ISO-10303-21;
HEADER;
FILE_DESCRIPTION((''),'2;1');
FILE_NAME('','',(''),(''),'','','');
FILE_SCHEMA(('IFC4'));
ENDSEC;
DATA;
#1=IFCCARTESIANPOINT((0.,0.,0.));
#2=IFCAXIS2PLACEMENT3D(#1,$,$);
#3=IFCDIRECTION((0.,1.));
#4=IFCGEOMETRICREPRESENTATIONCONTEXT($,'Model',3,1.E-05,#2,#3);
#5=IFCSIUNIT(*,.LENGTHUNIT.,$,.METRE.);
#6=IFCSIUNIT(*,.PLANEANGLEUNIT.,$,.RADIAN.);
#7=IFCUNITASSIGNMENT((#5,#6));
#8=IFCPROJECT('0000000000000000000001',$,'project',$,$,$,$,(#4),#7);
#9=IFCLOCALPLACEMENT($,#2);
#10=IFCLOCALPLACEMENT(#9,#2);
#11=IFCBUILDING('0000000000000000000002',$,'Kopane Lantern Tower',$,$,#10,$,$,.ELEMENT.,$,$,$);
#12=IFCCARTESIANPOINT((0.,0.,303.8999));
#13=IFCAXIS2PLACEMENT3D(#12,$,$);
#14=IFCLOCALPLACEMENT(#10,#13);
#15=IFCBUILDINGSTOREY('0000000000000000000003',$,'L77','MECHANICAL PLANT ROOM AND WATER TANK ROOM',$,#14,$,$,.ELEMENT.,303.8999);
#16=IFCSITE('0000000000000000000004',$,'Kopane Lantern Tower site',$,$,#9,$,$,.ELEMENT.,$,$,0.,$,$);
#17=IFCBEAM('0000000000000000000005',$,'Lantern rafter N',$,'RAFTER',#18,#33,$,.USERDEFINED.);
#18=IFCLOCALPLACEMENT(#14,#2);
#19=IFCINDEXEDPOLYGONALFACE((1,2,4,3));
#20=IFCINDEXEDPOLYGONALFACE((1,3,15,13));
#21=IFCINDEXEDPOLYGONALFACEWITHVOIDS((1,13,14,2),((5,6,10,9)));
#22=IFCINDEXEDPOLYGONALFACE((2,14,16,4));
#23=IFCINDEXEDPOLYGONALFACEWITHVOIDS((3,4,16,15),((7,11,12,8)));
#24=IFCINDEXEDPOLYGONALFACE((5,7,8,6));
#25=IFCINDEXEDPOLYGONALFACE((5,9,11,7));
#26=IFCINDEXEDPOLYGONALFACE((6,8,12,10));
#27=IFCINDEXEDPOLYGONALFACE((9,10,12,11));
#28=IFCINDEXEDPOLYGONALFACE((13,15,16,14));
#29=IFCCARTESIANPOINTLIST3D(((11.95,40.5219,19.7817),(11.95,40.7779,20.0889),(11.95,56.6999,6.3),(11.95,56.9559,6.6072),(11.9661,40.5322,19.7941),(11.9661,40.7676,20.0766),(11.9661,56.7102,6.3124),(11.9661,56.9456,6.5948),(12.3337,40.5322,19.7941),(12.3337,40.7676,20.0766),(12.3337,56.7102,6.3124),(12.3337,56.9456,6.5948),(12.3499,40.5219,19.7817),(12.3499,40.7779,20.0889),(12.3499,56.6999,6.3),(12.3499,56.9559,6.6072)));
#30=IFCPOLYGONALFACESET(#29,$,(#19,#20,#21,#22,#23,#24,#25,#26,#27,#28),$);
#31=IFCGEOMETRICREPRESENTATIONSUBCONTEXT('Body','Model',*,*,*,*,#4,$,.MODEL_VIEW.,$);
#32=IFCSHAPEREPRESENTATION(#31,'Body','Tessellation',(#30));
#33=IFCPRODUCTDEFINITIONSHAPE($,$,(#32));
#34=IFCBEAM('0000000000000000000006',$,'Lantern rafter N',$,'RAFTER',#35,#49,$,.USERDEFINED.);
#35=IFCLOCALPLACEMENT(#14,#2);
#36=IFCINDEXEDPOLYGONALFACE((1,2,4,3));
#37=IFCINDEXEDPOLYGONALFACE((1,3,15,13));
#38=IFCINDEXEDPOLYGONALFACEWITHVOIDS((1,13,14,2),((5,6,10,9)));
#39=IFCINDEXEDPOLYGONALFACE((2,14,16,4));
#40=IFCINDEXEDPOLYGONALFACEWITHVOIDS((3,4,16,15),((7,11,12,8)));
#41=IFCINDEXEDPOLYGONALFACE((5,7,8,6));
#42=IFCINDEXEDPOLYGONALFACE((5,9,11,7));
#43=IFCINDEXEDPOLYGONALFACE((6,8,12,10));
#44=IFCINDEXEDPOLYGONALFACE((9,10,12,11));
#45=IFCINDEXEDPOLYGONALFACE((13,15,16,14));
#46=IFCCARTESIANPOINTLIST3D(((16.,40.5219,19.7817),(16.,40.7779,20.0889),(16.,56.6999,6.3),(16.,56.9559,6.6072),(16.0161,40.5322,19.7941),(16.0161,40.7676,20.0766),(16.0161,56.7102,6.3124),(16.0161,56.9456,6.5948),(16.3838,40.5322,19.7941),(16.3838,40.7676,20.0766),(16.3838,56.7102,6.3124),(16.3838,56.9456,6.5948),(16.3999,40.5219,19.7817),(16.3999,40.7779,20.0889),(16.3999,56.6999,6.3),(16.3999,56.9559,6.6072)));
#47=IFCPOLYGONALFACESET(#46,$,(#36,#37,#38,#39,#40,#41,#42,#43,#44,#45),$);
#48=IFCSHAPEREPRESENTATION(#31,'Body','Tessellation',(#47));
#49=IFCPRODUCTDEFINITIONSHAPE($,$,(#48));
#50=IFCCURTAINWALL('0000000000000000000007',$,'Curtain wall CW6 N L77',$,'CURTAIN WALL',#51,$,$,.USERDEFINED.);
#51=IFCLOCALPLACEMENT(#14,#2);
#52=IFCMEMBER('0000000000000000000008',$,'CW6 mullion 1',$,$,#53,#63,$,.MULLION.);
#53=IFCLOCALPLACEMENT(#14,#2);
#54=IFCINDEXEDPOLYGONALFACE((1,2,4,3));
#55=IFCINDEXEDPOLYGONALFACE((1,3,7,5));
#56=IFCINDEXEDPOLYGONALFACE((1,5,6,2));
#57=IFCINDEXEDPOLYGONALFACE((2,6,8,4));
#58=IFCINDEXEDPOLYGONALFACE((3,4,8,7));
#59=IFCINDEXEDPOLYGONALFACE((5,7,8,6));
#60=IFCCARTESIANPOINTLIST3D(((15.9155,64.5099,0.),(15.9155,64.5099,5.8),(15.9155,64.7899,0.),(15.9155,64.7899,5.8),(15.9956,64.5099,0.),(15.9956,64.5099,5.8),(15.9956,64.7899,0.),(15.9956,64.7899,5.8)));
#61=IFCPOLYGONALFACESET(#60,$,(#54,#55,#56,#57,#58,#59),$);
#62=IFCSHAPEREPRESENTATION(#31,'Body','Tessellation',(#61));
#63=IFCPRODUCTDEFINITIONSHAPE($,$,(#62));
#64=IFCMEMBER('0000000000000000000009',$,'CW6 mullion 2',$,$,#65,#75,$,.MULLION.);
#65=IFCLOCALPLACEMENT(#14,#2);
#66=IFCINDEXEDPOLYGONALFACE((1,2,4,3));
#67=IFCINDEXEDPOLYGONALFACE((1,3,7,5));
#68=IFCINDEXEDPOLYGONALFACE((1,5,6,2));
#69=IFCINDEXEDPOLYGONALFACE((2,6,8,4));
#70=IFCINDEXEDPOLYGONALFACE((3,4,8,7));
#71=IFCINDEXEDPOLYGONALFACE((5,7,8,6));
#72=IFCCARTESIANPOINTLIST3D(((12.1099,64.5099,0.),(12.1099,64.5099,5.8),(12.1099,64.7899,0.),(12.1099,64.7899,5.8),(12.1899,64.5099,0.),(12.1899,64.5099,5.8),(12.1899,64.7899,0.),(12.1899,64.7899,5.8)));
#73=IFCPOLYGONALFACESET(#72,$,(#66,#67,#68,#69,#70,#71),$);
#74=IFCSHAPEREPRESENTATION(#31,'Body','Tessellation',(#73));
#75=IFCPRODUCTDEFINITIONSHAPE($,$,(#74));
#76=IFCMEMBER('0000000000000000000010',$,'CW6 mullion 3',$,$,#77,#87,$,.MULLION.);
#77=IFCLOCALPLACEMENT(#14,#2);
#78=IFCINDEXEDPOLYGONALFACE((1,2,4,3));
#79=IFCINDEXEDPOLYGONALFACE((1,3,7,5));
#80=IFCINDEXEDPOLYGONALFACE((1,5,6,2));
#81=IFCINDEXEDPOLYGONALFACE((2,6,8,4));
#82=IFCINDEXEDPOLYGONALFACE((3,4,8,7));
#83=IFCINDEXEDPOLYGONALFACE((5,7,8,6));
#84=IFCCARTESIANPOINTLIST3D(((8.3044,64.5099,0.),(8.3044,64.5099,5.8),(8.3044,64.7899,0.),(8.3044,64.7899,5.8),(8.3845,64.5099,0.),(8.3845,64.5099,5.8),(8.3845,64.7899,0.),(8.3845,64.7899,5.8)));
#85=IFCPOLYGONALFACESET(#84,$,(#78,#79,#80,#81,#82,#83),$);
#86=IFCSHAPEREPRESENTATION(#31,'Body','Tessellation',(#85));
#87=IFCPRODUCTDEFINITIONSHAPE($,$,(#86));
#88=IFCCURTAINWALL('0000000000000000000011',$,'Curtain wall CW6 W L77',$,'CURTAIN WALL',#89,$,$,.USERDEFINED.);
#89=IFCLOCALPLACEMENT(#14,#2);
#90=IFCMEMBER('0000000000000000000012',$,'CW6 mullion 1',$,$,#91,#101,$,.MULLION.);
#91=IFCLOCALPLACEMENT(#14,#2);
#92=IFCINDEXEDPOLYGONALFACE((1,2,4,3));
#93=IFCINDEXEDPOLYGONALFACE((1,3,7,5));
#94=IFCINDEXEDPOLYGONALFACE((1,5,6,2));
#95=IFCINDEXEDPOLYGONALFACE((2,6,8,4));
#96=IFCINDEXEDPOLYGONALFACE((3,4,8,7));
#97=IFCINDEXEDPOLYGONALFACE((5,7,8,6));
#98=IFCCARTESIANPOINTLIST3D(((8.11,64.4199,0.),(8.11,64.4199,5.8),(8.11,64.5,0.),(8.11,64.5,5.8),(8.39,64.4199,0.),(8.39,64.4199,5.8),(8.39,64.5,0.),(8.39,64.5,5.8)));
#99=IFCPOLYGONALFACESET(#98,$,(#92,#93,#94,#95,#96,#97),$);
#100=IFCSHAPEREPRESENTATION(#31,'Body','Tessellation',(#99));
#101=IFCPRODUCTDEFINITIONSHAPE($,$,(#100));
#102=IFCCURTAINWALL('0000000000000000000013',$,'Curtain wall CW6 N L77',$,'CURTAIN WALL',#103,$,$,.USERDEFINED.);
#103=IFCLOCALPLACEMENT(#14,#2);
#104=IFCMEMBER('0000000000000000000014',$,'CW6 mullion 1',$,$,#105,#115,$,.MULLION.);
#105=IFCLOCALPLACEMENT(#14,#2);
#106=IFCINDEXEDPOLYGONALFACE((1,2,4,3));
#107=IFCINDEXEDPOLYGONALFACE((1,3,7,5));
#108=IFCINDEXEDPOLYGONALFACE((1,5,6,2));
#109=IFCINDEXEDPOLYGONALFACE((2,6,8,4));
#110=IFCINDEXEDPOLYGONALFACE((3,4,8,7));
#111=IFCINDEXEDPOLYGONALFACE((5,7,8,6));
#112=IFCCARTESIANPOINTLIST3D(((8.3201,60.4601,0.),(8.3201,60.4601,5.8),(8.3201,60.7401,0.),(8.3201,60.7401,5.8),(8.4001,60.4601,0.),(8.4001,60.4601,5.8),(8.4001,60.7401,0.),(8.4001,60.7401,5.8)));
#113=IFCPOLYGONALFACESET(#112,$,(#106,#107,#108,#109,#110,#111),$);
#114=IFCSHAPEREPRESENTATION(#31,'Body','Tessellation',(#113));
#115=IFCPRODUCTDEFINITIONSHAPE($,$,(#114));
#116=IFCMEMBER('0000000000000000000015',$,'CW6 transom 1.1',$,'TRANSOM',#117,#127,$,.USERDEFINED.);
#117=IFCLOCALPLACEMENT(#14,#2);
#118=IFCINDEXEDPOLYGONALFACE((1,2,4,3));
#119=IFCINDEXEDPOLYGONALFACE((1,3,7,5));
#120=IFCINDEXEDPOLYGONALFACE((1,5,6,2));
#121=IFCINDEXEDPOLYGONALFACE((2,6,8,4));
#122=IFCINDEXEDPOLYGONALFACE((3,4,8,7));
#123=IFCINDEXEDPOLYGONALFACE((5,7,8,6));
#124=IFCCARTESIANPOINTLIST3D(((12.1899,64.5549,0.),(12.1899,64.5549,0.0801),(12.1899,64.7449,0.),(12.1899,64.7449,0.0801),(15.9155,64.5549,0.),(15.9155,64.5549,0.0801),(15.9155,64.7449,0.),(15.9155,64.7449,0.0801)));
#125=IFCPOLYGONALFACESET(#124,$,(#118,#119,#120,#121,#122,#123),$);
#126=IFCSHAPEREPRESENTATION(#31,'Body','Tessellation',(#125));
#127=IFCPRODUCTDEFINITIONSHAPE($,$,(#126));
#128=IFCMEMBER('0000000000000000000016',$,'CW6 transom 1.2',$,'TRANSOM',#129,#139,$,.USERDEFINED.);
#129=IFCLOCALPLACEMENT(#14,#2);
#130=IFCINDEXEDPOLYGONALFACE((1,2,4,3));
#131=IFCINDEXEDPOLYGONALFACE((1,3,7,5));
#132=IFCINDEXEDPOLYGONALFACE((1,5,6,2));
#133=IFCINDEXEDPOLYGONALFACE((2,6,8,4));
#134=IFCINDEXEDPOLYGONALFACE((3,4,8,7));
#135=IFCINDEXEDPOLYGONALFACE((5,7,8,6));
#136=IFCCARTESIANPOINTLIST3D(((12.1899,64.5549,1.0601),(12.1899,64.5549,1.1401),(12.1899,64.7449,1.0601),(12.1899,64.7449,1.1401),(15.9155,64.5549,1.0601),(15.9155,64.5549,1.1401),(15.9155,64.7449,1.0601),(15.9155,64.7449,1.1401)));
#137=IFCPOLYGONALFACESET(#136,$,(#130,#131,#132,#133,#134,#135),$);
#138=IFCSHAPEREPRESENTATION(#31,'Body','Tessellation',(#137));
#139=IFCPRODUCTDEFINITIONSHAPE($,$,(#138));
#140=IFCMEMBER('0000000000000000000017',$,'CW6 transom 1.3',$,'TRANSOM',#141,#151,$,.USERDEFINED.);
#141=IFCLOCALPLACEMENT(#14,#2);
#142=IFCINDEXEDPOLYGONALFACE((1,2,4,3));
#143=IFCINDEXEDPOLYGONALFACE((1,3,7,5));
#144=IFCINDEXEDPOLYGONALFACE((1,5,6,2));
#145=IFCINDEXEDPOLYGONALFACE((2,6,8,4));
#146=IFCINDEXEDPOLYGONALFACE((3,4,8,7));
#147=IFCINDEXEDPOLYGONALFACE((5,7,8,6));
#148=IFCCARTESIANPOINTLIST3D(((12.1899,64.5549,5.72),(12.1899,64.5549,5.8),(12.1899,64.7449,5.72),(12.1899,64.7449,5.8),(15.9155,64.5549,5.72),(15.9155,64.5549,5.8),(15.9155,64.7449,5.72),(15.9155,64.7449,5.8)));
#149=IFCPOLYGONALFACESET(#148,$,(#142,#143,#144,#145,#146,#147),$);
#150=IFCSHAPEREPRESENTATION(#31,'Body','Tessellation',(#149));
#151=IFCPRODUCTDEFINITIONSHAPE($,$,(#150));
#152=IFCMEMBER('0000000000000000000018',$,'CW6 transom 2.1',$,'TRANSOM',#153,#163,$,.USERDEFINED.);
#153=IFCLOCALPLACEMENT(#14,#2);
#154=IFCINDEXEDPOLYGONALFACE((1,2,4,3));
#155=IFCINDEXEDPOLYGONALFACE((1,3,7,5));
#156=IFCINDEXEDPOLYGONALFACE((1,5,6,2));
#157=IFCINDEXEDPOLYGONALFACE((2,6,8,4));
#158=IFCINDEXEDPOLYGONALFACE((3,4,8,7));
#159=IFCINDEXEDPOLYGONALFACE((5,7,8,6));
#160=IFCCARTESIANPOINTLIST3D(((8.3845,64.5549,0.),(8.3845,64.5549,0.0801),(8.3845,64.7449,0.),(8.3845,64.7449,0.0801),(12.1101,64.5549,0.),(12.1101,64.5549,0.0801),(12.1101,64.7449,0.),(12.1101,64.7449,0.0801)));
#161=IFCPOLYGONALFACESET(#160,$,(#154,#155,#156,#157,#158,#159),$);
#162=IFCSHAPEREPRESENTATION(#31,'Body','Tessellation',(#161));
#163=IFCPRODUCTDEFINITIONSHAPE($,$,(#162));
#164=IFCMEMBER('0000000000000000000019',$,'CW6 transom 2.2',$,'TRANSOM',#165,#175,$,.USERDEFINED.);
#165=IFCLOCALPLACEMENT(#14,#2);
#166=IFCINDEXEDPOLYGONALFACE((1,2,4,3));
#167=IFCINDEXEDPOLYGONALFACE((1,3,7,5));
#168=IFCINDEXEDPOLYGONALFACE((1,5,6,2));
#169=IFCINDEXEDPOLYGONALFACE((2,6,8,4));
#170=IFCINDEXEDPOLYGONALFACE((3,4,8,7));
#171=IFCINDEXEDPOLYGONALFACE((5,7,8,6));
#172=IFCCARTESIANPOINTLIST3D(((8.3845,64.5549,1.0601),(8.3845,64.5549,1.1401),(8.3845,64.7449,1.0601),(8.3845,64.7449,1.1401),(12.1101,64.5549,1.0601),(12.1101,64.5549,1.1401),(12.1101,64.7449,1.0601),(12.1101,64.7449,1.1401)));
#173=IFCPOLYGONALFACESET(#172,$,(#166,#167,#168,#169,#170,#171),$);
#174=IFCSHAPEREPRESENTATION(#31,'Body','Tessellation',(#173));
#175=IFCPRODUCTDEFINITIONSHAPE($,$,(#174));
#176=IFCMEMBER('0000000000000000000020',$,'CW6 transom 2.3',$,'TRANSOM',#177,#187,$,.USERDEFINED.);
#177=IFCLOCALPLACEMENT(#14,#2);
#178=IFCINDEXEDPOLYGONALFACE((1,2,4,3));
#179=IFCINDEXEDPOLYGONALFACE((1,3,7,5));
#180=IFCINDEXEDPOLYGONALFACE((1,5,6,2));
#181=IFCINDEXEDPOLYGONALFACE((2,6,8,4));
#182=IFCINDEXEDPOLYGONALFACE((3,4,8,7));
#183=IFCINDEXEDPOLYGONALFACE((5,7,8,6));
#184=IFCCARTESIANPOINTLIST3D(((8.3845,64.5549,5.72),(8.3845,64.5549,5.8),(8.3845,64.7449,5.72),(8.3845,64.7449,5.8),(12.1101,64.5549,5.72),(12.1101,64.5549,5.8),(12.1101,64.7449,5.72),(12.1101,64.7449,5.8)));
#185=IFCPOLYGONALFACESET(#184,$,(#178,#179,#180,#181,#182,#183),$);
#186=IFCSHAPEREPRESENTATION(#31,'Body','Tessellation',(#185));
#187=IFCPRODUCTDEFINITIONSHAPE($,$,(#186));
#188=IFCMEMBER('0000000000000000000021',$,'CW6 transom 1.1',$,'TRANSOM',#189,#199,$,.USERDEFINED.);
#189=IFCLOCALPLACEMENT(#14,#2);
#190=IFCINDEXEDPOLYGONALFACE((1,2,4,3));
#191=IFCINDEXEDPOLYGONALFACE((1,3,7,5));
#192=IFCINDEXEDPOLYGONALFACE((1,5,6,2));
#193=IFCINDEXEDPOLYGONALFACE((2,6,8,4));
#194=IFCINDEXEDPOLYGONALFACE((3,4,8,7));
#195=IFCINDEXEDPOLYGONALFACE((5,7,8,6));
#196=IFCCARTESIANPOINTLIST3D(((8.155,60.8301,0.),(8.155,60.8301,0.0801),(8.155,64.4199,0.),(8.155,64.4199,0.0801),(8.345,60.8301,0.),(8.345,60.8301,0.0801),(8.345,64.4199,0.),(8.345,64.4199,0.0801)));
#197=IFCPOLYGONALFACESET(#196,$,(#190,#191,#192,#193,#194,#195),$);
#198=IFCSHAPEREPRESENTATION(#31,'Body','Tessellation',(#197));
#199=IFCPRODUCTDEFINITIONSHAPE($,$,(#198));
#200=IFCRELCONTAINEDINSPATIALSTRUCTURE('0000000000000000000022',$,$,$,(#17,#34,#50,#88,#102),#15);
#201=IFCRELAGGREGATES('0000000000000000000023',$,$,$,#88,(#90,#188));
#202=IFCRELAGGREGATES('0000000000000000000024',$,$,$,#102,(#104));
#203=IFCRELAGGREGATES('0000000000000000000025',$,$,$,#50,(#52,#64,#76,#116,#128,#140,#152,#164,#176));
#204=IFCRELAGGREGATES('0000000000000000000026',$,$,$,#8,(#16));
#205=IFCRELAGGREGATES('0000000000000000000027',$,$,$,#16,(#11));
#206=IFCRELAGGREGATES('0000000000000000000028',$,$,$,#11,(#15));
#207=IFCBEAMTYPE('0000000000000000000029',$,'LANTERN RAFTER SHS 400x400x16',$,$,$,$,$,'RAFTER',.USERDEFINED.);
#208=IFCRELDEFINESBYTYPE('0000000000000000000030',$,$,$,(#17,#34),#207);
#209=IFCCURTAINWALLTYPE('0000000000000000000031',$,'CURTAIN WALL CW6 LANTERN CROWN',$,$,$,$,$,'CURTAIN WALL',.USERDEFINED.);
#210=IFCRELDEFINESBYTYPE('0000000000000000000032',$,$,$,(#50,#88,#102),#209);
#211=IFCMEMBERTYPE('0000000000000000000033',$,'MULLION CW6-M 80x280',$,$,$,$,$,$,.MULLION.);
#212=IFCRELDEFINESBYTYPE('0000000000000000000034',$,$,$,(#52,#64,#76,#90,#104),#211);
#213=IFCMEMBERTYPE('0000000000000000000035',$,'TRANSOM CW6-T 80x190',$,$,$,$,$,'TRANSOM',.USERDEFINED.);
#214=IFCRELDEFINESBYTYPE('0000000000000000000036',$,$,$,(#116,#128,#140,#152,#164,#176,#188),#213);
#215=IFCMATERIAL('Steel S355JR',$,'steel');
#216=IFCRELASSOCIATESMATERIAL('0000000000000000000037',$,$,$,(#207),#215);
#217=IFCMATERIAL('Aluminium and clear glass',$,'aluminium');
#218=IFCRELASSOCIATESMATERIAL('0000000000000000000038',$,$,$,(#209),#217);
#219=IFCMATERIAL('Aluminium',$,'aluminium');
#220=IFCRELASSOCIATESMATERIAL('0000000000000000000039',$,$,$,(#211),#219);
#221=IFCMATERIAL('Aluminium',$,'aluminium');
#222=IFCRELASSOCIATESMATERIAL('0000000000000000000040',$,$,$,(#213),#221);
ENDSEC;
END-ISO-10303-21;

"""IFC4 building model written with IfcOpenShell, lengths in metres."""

from ifc_helpers import new_model, si_unit, direction, frame, origin, origin_2d, place, context, subcontext, project, spatial, rectangle, hollow_rectangle, extrude, material, material_profile, profile_set, type_object, element, aggregate, save


model = new_model("IFC4")

# Units and contexts
model_context = context("Model", 3, precision=1e-05, world=origin(), true_north=direction((0.0, 1.0)))
body_context = subcontext(model_context, "Body", "Model", "MODEL_VIEW")
ifc_project = project(units=[si_unit("LENGTHUNIT", "METRE"), si_unit("PLANEANGLEUNIT", "RADIAN")], contexts=[model_context])

# Site, building, storey
site_placement = place(None, origin())
site = spatial("IfcSite", under=ifc_project, at=site_placement, Name="Kopane Lantern Tower site", CompositionType="ELEMENT", RefElevation=0.0)
building_placement = place(site_placement, origin())
building = spatial("IfcBuilding", under=site, at=building_placement, Name="Kopane Lantern Tower", CompositionType="ELEMENT")
storey_placement = place(building_placement, frame((0.0, 0.0, 303.8999)))
storey = spatial("IfcBuildingStorey", under=building, at=storey_placement, Name="L77", Description="MECHANICAL PLANT ROOM AND WATER TANK ROOM", CompositionType="ELEMENT", Elevation=303.8999)

# Beams
ifc_material_1 = material(Name="Steel S355JR", Category="steel")
ifc_material_profile_1 = material_profile(ifc_material_1, hollow_rectangle(XDim=0.3999, YDim=0.3999, WallThickness=0.0161, at=origin_2d()), Name="RHS 400x400x16")
ifc_profile_set_1 = profile_set([ifc_material_profile_1], Name="Steel S355JR")
beam_type = type_object("IfcBeamType", Name="LANTERN RAFTER SHS 400x400x16", ElementType="RAFTER", PredefinedType="USERDEFINED", material=ifc_profile_set_1)
for number, where, z_axis, x_axis, name in (
    (1, (12.1499, 56.8279, 6.4536), (0.0, -0.76822, 0.640186), (1.0, 0.0, 0.0), "Lantern rafter N"),
    (2, (16.2, 56.8279, 6.4536), (0.0, -0.76822, 0.640186), (1.0, 0.0, 0.0), "Lantern rafter N"),
):
    element("IfcBeam", number, at=place(storey_placement, frame(where, z_axis=z_axis, x_axis=x_axis)), inside=storey, type_object=beam_type, Name=name, ObjectType="RAFTER", PredefinedType="USERDEFINED", context=body_context, shape_type="SweptSolid", body=[
        extrude(hollow_rectangle(XDim=0.3999, YDim=0.3999, WallThickness=0.0161, at=origin_2d()), origin(), (0.0, 0.0, 1.0), 21.0591),
    ])

# Curtain wall, members
ifc_material_2 = material(Name="Aluminium and clear glass", Category="aluminium")
curtain_wall_type = type_object("IfcCurtainWallType", Name="CURTAIN WALL CW6 LANTERN CROWN", ElementType="CURTAIN WALL", PredefinedType="USERDEFINED", material=ifc_material_2)
curtain_wall_1_placement = place(storey_placement, origin())
curtain_wall_1 = element("IfcCurtainWall", 3, at=curtain_wall_1_placement, inside=storey, type_object=curtain_wall_type, Name="Curtain wall CW6 N L77", ObjectType="CURTAIN WALL", PredefinedType="USERDEFINED")
ifc_material_3 = material(Name="Aluminium", Category="aluminium")
ifc_material_profile_2 = material_profile(ifc_material_3, rectangle(XDim=0.0801, YDim=0.28, at=origin_2d()), Name="AL 80x280")
ifc_profile_set_2 = profile_set([ifc_material_profile_2], Name="Aluminium")
member_type_1 = type_object("IfcMemberType", Name="MULLION CW6-M 80x280", PredefinedType="MULLION", material=ifc_profile_set_2)
member_1_placement = place(storey_placement, frame((15.9556, 64.6499, 0.0), z_axis=(0.0, 0.0, 1.0), x_axis=(-1.0, 0.0, 0.0)))
member_1 = element("IfcMember", 4, at=member_1_placement, type_object=member_type_1, Name="CW6 mullion 1", PredefinedType="MULLION", context=body_context, shape_type="SweptSolid", body=[
    extrude(rectangle(XDim=0.0801, YDim=0.28, at=origin_2d()), origin(), (0.0, 0.0, 1.0), 5.8),
])
member_2_placement = place(storey_placement, frame((12.1499, 64.6499, 0.0), z_axis=(0.0, 0.0, 1.0), x_axis=(-1.0, 0.0, 0.0)))
member_2 = element("IfcMember", 5, at=member_2_placement, type_object=member_type_1, Name="CW6 mullion 2", PredefinedType="MULLION", context=body_context, shape_type="SweptSolid", body=[
    extrude(rectangle(XDim=0.0801, YDim=0.28, at=origin_2d()), origin(), (0.0, 0.0, 1.0), 5.8),
])
member_3_placement = place(storey_placement, frame((8.3445, 64.6499, 0.0), z_axis=(0.0, 0.0, 1.0), x_axis=(-1.0, 0.0, 0.0)))
member_3 = element("IfcMember", 6, at=member_3_placement, type_object=member_type_1, Name="CW6 mullion 3", PredefinedType="MULLION", context=body_context, shape_type="SweptSolid", body=[
    extrude(rectangle(XDim=0.0801, YDim=0.28, at=origin_2d()), origin(), (0.0, 0.0, 1.0), 5.8),
])

# Curtain walls, members
curtain_wall_2_placement = place(storey_placement, origin())
curtain_wall_2 = element("IfcCurtainWall", 7, at=curtain_wall_2_placement, inside=storey, type_object=curtain_wall_type, Name="Curtain wall CW6 W L77", ObjectType="CURTAIN WALL", PredefinedType="USERDEFINED")
member_4_placement = place(storey_placement, frame((8.25, 64.46, 0.0), z_axis=(0.0, 0.0, 1.0), x_axis=(0.0, -1.0, 0.0)))
member_4 = element("IfcMember", 8, at=member_4_placement, type_object=member_type_1, Name="CW6 mullion 1", PredefinedType="MULLION", context=body_context, shape_type="SweptSolid", body=[
    extrude(rectangle(XDim=0.0801, YDim=0.28, at=origin_2d()), origin(), (0.0, 0.0, 1.0), 5.8),
])
curtain_wall_3_placement = place(storey_placement, origin())
curtain_wall_3 = element("IfcCurtainWall", 9, at=curtain_wall_3_placement, inside=storey, type_object=curtain_wall_type, Name="Curtain wall CW6 N L77", ObjectType="CURTAIN WALL", PredefinedType="USERDEFINED")
member_5_placement = place(storey_placement, frame((8.3601, 60.6001, 0.0), z_axis=(0.0, 0.0, 1.0), x_axis=(-1.0, 0.0, 0.0)))
member_5 = element("IfcMember", 10, at=member_5_placement, type_object=member_type_1, Name="CW6 mullion 1", PredefinedType="MULLION", context=body_context, shape_type="SweptSolid", body=[
    extrude(rectangle(XDim=0.0801, YDim=0.28, at=origin_2d()), origin(), (0.0, 0.0, 1.0), 5.8),
])

# Members
ifc_material_4 = material(Name="Aluminium", Category="aluminium")
ifc_material_profile_3 = material_profile(ifc_material_4, rectangle(XDim=0.1899, YDim=0.0801, at=origin_2d()), Name="AL 190x80")
ifc_profile_set_3 = profile_set([ifc_material_profile_3], Name="Aluminium")
member_type_2 = type_object("IfcMemberType", Name="TRANSOM CW6-T 80x190", ElementType="TRANSOM", PredefinedType="USERDEFINED", material=ifc_profile_set_3)
member_6_placement = place(storey_placement, frame((15.9155, 64.6499, 0.04), z_axis=(-1.0, 0.0, 0.0), x_axis=(0.0, -1.0, 0.0)))
member_6 = element("IfcMember", 11, at=member_6_placement, type_object=member_type_2, Name="CW6 transom 1.1", ObjectType="TRANSOM", PredefinedType="USERDEFINED", context=body_context, shape_type="SweptSolid", body=[
    extrude(rectangle(XDim=0.1899, YDim=0.0801, at=origin_2d()), origin(), (0.0, 0.0, 1.0), 3.7256),
])
member_7_placement = place(storey_placement, frame((15.9155, 64.6499, 1.1001), z_axis=(-1.0, 0.0, 0.0), x_axis=(0.0, -1.0, 0.0)))
member_7 = element("IfcMember", 12, at=member_7_placement, type_object=member_type_2, Name="CW6 transom 1.2", ObjectType="TRANSOM", PredefinedType="USERDEFINED", context=body_context, shape_type="SweptSolid", body=[
    extrude(rectangle(XDim=0.1899, YDim=0.0801, at=origin_2d()), origin(), (0.0, 0.0, 1.0), 3.7256),
])
member_8_placement = place(storey_placement, frame((15.9155, 64.6499, 5.76), z_axis=(-1.0, 0.0, 0.0), x_axis=(0.0, -1.0, 0.0)))
member_8 = element("IfcMember", 13, at=member_8_placement, type_object=member_type_2, Name="CW6 transom 1.3", ObjectType="TRANSOM", PredefinedType="USERDEFINED", context=body_context, shape_type="SweptSolid", body=[
    extrude(rectangle(XDim=0.1899, YDim=0.0801, at=origin_2d()), origin(), (0.0, 0.0, 1.0), 3.7256),
])
member_9_placement = place(storey_placement, frame((12.1101, 64.6499, 0.04), z_axis=(-1.0, 0.0, 0.0), x_axis=(0.0, -1.0, 0.0)))
member_9 = element("IfcMember", 14, at=member_9_placement, type_object=member_type_2, Name="CW6 transom 2.1", ObjectType="TRANSOM", PredefinedType="USERDEFINED", context=body_context, shape_type="SweptSolid", body=[
    extrude(rectangle(XDim=0.1899, YDim=0.0801, at=origin_2d()), origin(), (0.0, 0.0, 1.0), 3.7256),
])
member_10_placement = place(storey_placement, frame((12.1101, 64.6499, 1.1001), z_axis=(-1.0, 0.0, 0.0), x_axis=(0.0, -1.0, 0.0)))
member_10 = element("IfcMember", 15, at=member_10_placement, type_object=member_type_2, Name="CW6 transom 2.2", ObjectType="TRANSOM", PredefinedType="USERDEFINED", context=body_context, shape_type="SweptSolid", body=[
    extrude(rectangle(XDim=0.1899, YDim=0.0801, at=origin_2d()), origin(), (0.0, 0.0, 1.0), 3.7256),
])
member_11_placement = place(storey_placement, frame((12.1101, 64.6499, 5.76), z_axis=(-1.0, 0.0, 0.0), x_axis=(0.0, -1.0, 0.0)))
member_11 = element("IfcMember", 16, at=member_11_placement, type_object=member_type_2, Name="CW6 transom 2.3", ObjectType="TRANSOM", PredefinedType="USERDEFINED", context=body_context, shape_type="SweptSolid", body=[
    extrude(rectangle(XDim=0.1899, YDim=0.0801, at=origin_2d()), origin(), (0.0, 0.0, 1.0), 3.7256),
])
member_12_placement = place(storey_placement, frame((8.25, 64.4199, 0.04), z_axis=(0.0, -1.0, 0.0), x_axis=(1.0, 0.0, 0.0)))
member_12 = element("IfcMember", 17, at=member_12_placement, type_object=member_type_2, Name="CW6 transom 1.1", ObjectType="TRANSOM", PredefinedType="USERDEFINED", context=body_context, shape_type="SweptSolid", body=[
    extrude(rectangle(XDim=0.1899, YDim=0.0801, at=origin_2d()), origin(), (0.0, 0.0, 1.0), 3.5898),
])
aggregate(curtain_wall_2, [member_4, member_12])
aggregate(curtain_wall_3, [member_5])

aggregate(curtain_wall_1, [member_1, member_2, member_3, member_6, member_7, member_8, member_9, member_10, member_11])

save(model, "model.ifc")
